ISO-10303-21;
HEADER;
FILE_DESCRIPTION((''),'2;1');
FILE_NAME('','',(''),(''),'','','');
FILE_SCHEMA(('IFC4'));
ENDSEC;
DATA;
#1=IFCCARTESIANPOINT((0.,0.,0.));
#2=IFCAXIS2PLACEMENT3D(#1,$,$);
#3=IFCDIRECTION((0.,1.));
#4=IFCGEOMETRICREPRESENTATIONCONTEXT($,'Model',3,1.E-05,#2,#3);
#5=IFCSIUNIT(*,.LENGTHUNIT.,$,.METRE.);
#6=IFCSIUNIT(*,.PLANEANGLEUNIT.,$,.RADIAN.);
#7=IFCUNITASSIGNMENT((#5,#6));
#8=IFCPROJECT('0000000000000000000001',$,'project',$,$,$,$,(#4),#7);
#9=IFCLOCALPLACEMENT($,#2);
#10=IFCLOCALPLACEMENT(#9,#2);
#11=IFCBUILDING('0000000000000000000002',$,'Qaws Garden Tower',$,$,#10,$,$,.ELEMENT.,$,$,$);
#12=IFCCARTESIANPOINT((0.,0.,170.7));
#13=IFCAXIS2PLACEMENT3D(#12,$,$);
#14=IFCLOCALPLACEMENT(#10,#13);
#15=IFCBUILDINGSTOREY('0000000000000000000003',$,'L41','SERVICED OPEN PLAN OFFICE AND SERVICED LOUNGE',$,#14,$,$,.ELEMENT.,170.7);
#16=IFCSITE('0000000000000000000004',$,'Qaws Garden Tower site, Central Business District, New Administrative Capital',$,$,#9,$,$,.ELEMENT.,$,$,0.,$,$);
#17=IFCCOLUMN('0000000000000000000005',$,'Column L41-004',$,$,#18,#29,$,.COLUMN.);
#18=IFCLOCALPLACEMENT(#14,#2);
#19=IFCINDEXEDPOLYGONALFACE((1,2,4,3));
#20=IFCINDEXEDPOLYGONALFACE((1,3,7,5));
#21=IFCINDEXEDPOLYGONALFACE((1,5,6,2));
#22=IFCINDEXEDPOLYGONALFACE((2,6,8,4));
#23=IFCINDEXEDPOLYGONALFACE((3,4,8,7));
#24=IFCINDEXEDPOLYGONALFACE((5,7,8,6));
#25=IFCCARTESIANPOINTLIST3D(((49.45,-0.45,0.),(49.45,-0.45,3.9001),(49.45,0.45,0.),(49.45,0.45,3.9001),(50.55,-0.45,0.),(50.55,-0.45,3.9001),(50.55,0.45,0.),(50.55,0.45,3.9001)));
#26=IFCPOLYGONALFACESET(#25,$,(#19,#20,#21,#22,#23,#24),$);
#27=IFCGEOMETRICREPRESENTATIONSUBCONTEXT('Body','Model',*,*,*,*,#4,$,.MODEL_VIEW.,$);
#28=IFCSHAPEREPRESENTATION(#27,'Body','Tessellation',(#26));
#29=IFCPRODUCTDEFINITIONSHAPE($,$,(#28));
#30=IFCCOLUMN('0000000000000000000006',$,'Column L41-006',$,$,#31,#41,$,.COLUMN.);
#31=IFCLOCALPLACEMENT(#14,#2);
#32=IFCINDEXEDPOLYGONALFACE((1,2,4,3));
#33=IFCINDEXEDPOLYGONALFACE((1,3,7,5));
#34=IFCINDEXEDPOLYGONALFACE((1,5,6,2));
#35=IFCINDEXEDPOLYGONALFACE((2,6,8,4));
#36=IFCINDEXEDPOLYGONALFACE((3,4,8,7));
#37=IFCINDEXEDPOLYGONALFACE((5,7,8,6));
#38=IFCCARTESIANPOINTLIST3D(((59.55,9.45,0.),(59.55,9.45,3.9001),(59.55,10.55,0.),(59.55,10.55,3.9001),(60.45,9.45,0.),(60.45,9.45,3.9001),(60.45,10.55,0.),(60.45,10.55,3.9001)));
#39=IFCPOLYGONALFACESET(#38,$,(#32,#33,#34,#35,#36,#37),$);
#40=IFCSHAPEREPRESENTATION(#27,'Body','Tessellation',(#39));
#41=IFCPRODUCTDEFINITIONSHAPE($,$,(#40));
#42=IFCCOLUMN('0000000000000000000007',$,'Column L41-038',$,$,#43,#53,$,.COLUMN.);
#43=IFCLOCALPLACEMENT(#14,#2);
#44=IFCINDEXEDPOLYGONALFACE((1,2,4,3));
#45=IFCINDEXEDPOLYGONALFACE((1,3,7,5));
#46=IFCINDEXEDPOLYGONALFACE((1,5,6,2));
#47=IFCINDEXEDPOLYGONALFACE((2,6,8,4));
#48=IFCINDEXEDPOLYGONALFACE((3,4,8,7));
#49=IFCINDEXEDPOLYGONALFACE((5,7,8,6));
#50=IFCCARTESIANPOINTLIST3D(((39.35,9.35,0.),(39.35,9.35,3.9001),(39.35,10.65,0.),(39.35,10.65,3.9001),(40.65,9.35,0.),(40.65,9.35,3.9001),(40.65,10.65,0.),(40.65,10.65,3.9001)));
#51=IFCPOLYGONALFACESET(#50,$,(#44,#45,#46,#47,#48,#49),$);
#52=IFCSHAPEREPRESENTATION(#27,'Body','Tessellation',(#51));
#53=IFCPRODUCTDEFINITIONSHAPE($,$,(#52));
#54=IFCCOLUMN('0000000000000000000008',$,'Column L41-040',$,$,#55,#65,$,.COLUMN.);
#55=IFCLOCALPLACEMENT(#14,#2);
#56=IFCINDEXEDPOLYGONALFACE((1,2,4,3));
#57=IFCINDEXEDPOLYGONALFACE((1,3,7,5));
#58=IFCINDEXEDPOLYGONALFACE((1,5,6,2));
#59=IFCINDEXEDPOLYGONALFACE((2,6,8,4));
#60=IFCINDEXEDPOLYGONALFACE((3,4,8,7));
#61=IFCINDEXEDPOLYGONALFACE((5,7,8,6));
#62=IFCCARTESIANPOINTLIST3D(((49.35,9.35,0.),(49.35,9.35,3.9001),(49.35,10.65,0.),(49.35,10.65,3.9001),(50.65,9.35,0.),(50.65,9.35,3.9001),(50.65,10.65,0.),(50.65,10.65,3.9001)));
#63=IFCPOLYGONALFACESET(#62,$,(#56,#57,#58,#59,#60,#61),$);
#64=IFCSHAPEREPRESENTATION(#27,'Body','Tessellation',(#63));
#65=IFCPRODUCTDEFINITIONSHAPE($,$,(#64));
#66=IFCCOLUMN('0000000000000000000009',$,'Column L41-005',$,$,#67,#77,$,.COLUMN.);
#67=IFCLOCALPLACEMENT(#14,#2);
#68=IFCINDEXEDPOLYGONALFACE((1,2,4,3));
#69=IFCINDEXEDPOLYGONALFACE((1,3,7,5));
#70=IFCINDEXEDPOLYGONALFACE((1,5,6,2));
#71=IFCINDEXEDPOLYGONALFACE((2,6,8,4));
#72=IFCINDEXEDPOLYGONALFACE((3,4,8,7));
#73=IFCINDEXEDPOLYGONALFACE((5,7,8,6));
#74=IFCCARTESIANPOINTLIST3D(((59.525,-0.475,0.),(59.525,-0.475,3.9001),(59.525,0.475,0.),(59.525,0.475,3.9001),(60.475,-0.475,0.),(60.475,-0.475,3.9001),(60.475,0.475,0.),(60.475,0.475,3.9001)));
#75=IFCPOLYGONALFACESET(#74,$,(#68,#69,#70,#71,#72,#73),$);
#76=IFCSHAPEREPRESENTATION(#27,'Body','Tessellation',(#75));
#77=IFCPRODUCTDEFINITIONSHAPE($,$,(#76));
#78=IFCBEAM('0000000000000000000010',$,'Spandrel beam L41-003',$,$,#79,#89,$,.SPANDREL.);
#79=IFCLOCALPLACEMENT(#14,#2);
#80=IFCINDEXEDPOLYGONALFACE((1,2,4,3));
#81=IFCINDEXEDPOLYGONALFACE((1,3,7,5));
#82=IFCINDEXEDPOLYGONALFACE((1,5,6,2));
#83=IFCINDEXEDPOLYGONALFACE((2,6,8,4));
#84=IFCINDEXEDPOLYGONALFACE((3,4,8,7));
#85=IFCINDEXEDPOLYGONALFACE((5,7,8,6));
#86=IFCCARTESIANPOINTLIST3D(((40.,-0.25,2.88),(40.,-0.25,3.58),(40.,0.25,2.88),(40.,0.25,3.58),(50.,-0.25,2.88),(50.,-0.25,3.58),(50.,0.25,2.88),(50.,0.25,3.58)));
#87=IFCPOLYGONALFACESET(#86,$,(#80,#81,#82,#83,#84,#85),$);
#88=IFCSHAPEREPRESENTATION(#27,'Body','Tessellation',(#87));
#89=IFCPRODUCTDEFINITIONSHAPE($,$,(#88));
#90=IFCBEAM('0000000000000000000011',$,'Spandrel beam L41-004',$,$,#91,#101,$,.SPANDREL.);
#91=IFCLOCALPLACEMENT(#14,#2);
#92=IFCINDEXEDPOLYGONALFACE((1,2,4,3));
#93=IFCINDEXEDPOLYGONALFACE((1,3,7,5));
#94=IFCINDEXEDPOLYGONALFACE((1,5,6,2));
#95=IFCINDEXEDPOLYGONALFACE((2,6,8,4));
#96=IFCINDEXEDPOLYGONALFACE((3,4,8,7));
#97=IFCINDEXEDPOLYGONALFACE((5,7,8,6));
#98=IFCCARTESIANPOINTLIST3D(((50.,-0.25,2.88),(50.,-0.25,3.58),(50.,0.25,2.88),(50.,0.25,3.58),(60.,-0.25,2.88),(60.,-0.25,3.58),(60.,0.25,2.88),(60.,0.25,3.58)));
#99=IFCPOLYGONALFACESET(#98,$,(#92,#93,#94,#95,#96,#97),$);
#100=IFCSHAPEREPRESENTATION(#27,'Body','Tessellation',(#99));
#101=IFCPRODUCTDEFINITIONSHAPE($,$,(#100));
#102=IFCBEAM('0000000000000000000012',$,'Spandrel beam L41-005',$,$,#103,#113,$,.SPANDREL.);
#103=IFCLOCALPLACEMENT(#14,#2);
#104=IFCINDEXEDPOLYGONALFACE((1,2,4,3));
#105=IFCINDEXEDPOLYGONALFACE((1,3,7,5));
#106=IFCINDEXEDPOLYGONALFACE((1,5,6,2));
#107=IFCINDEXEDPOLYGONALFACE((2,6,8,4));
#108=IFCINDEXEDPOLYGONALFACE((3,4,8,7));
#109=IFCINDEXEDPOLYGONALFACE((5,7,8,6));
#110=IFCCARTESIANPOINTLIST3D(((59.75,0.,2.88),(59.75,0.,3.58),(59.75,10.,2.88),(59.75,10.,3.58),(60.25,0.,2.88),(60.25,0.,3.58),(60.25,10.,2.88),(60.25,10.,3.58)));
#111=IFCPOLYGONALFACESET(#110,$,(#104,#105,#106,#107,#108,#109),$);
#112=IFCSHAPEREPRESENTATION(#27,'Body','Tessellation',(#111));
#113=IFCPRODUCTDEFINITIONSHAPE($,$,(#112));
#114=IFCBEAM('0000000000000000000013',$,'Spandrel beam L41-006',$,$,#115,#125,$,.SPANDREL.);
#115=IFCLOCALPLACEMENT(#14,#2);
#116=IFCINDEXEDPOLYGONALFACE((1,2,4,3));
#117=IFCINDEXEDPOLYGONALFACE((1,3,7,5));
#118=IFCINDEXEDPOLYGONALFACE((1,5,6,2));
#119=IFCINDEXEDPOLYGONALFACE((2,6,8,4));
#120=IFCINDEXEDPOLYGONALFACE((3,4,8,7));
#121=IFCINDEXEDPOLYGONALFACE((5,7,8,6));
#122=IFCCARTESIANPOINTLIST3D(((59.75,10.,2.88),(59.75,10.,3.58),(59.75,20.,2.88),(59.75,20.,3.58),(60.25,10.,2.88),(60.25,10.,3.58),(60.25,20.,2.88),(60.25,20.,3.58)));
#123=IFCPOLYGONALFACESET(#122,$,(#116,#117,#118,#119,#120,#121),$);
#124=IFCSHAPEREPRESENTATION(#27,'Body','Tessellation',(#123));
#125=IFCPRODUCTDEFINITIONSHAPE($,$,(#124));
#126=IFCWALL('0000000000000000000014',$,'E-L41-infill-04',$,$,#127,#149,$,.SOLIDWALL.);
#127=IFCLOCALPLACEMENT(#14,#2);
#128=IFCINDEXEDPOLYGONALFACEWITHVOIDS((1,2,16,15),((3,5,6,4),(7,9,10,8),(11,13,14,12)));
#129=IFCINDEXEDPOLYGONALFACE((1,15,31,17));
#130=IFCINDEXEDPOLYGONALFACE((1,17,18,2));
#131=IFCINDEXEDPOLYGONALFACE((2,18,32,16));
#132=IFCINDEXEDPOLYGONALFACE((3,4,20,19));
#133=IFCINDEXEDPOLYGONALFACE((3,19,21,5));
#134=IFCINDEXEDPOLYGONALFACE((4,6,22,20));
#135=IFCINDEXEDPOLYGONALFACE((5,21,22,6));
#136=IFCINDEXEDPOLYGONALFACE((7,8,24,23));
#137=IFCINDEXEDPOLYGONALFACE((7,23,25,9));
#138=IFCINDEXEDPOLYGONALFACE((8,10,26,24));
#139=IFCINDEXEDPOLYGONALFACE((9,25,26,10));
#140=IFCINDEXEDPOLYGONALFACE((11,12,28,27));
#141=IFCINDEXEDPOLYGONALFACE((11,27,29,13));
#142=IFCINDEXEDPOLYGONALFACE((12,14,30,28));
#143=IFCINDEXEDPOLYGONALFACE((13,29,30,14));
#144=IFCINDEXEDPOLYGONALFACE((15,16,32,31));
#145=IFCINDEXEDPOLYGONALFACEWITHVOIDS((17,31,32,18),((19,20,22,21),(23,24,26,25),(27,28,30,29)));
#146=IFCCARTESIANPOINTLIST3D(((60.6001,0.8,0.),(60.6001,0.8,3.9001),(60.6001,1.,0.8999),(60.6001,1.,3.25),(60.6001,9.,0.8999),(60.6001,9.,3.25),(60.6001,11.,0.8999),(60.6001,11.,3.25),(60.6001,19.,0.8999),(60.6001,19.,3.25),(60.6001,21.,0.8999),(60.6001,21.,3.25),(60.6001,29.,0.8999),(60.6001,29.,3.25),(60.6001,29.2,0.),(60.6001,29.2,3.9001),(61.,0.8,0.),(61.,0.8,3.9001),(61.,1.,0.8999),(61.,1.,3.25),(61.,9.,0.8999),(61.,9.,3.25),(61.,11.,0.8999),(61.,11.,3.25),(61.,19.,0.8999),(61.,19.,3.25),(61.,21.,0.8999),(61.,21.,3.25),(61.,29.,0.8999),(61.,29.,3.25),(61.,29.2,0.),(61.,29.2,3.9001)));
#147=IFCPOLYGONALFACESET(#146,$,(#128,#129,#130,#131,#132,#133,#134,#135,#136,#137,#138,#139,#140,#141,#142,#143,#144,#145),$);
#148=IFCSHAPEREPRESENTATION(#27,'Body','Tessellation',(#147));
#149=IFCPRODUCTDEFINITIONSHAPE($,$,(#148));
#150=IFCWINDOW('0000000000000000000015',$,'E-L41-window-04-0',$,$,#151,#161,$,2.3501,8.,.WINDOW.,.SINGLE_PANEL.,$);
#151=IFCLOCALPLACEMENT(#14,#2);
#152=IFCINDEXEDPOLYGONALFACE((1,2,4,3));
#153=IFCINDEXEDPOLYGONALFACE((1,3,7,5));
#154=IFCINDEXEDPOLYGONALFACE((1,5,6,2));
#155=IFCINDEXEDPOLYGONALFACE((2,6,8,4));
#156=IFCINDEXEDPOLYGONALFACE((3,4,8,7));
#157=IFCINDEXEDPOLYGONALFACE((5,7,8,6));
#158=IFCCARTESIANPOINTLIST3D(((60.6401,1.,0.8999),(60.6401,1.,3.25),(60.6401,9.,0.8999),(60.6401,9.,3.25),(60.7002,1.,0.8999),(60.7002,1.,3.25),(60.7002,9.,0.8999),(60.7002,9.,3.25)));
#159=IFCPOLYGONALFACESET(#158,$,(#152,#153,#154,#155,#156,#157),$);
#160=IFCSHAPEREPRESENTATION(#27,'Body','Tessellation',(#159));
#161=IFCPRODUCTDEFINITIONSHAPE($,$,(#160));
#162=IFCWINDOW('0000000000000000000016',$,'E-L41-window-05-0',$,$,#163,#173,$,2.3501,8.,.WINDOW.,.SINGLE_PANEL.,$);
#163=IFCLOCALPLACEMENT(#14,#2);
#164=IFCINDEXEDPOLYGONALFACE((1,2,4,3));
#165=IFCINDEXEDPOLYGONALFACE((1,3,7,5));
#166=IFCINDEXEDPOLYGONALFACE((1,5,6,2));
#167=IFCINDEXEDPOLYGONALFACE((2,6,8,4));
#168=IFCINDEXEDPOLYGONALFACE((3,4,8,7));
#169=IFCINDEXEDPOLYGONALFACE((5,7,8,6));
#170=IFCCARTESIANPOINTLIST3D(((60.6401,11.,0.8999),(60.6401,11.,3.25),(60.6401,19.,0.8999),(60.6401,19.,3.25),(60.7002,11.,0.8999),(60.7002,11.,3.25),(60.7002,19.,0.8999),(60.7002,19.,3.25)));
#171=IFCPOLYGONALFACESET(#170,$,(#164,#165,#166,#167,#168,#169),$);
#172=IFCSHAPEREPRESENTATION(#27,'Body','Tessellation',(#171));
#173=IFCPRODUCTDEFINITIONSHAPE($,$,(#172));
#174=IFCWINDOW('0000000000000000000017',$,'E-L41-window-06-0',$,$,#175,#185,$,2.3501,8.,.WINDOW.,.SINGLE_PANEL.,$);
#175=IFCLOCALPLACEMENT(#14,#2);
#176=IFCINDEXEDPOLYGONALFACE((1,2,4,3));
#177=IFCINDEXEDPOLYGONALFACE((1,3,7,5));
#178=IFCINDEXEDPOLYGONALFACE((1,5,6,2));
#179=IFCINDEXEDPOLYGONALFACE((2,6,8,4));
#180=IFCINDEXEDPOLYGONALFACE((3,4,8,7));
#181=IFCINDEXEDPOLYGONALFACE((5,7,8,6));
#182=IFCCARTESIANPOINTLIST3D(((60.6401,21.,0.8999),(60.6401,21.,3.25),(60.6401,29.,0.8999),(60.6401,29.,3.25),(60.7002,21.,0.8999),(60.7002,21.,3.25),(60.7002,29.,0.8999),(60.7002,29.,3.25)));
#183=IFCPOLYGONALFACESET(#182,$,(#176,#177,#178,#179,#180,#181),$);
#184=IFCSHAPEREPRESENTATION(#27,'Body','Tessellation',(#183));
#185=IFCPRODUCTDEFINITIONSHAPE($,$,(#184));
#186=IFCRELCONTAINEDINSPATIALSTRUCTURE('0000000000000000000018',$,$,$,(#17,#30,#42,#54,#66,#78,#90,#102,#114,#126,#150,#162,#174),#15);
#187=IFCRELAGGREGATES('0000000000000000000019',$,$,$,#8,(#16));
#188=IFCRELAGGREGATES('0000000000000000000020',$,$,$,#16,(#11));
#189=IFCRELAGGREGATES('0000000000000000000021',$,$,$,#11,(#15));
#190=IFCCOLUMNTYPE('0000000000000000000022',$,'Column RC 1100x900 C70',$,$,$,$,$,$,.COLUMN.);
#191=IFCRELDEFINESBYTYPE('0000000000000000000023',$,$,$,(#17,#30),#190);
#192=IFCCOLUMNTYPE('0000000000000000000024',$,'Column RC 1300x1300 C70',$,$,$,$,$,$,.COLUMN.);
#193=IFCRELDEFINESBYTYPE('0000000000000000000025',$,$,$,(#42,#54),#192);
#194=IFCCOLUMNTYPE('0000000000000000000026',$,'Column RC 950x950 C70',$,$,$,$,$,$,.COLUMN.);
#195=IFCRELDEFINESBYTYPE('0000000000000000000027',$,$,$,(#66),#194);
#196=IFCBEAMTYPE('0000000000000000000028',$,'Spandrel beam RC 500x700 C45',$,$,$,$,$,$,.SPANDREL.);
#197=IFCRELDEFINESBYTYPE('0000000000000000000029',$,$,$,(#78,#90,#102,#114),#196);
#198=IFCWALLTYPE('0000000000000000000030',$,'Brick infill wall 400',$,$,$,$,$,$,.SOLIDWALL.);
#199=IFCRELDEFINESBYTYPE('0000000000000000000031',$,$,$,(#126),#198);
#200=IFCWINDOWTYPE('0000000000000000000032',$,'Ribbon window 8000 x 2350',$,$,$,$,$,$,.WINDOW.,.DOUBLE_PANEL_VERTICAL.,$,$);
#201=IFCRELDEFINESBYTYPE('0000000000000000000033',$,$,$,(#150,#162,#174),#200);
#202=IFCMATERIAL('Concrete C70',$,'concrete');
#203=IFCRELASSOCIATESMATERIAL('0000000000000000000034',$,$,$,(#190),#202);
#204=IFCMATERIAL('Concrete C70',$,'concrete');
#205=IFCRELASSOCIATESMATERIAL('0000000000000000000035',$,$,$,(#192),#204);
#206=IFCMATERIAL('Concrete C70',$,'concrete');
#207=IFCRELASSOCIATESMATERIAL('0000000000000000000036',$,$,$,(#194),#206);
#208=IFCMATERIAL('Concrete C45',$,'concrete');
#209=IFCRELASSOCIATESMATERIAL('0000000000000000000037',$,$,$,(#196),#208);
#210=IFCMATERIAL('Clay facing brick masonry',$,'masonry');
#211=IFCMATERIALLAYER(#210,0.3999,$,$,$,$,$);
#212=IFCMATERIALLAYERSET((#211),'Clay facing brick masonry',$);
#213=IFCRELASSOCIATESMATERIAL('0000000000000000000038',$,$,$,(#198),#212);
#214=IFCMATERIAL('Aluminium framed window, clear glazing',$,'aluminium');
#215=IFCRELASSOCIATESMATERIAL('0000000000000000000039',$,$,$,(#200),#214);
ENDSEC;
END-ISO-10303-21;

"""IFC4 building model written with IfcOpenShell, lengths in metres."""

from ifc_helpers import new_model, si_unit, direction, frame, frame_2d, origin, origin_2d, place, context, subcontext, project, spatial, rectangle, extrude, material, layer, layer_set, material_profile, profile_set, type_object, element, fill, save


model = new_model("IFC4")

# Units and contexts
model_context = context("Model", 3, precision=1e-05, world=origin(), true_north=direction((0.0, 1.0)))
body_context = subcontext(model_context, "Body", "Model", "MODEL_VIEW")
ifc_project = project(units=[si_unit("LENGTHUNIT", "METRE"), si_unit("PLANEANGLEUNIT", "RADIAN")], contexts=[model_context])

# Site, building, storey
site_placement = place(None, origin())
site = spatial("IfcSite", under=ifc_project, at=site_placement, Name="Qaws Garden Tower site, Central Business District, New Administrative Capital", CompositionType="ELEMENT", RefElevation=0.0)
building_placement = place(site_placement, origin())
building = spatial("IfcBuilding", under=site, at=building_placement, Name="Qaws Garden Tower", CompositionType="ELEMENT")
storey_placement = place(building_placement, frame((0.0, 0.0, 170.7)))
storey = spatial("IfcBuildingStorey", under=building, at=storey_placement, Name="L41", Description="SERVICED OPEN PLAN OFFICE AND SERVICED LOUNGE", CompositionType="ELEMENT", Elevation=170.7)

# Columns
ifc_material_1 = material(Name="Concrete C70", Category="concrete")
ifc_material_profile_1 = material_profile(ifc_material_1, rectangle(XDim=1.1001, YDim=0.8999, at=origin_2d()), Name="RC 1100x900")
ifc_profile_set_1 = profile_set([ifc_material_profile_1], Name="Concrete C70")
column_type_1 = type_object("IfcColumnType", Name="Column RC 1100x900 C70", PredefinedType="COLUMN", material=ifc_profile_set_1)
for number, where, z_axis, x_axis, name in (
    (1, (50.0, 0.0, 0.0), (0.0, 0.0, 1.0), (1.0, 0.0, 0.0), "Column L41-004"),
    (2, (60.0, 10.0, 0.0), (0.0, 0.0, 1.0), (0.0, 1.0, 0.0), "Column L41-006"),
):
    element("IfcColumn", number, at=place(storey_placement, frame(where, z_axis=z_axis, x_axis=x_axis)), inside=storey, type_object=column_type_1, Name=name, PredefinedType="COLUMN", context=body_context, shape_type="SweptSolid", body=[
        extrude(rectangle(XDim=1.1001, YDim=0.8999, at=origin_2d()), origin(), (0.0, 0.0, 1.0), 3.9001),
    ])
ifc_material_2 = material(Name="Concrete C70", Category="concrete")
ifc_material_profile_2 = material_profile(ifc_material_2, rectangle(XDim=1.3, YDim=1.3, at=origin_2d()), Name="RC 1300x1300")
ifc_profile_set_2 = profile_set([ifc_material_profile_2], Name="Concrete C70")
column_type_2 = type_object("IfcColumnType", Name="Column RC 1300x1300 C70", PredefinedType="COLUMN", material=ifc_profile_set_2)
for number, where, z_axis, x_axis, name in (
    (3, (40.0, 10.0, 0.0), (0.0, 0.0, 1.0), (1.0, 0.0, 0.0), "Column L41-038"),
    (4, (50.0, 10.0, 0.0), (0.0, 0.0, 1.0), (1.0, 0.0, 0.0), "Column L41-040"),
):
    element("IfcColumn", number, at=place(storey_placement, frame(where, z_axis=z_axis, x_axis=x_axis)), inside=storey, type_object=column_type_2, Name=name, PredefinedType="COLUMN", context=body_context, shape_type="SweptSolid", body=[
        extrude(rectangle(XDim=1.3, YDim=1.3, at=origin_2d()), origin(), (0.0, 0.0, 1.0), 3.9001),
    ])
ifc_material_3 = material(Name="Concrete C70", Category="concrete")
ifc_material_profile_3 = material_profile(ifc_material_3, rectangle(XDim=0.95, YDim=0.95, at=origin_2d()), Name="RC 950x950")
ifc_profile_set_3 = profile_set([ifc_material_profile_3], Name="Concrete C70")
column_type_3 = type_object("IfcColumnType", Name="Column RC 950x950 C70", PredefinedType="COLUMN", material=ifc_profile_set_3)
column_placement = place(storey_placement, frame((60.0, 0.0, 0.0), z_axis=(0.0, 0.0, 1.0), x_axis=(1.0, 0.0, 0.0)))
element("IfcColumn", 5, at=column_placement, inside=storey, type_object=column_type_3, Name="Column L41-005", PredefinedType="COLUMN", context=body_context, shape_type="SweptSolid", body=[
    extrude(rectangle(XDim=0.95, YDim=0.95, at=origin_2d()), origin(), (0.0, 0.0, 1.0), 3.9001),
])

# Beams
ifc_material_4 = material(Name="Concrete C45", Category="concrete")
ifc_material_profile_4 = material_profile(ifc_material_4, rectangle(XDim=0.5, YDim=0.7, at=origin_2d()), Name="RC 500x700")
ifc_profile_set_4 = profile_set([ifc_material_profile_4], Name="Concrete C45")
beam_type = type_object("IfcBeamType", Name="Spandrel beam RC 500x700 C45", PredefinedType="SPANDREL", material=ifc_profile_set_4)
for number, where, z_axis, x_axis, name in (
    (6, (40.0, 0.0, 3.23), (1.0, 0.0, 0.0), (0.0, 1.0, 0.0), "Spandrel beam L41-003"),
    (7, (50.0, 0.0, 3.23), (1.0, 0.0, 0.0), (0.0, 1.0, 0.0), "Spandrel beam L41-004"),
    (8, (60.0, 0.0, 3.23), (0.0, 1.0, 0.0), (-1.0, 0.0, 0.0), "Spandrel beam L41-005"),
    (9, (60.0, 10.0, 3.23), (0.0, 1.0, 0.0), (-1.0, 0.0, 0.0), "Spandrel beam L41-006"),
):
    element("IfcBeam", number, at=place(storey_placement, frame(where, z_axis=z_axis, x_axis=x_axis)), inside=storey, type_object=beam_type, Name=name, PredefinedType="SPANDREL", context=body_context, shape_type="SweptSolid", body=[
        extrude(rectangle(XDim=0.5, YDim=0.7, at=origin_2d()), origin(), (0.0, 0.0, 1.0), 10.0),
    ])

# Wall, openings, windows
ifc_material_5 = material(Name="Clay facing brick masonry", Category="masonry")
ifc_layer_1 = layer(ifc_material_5, 0.3999)
ifc_layer_set_1 = layer_set([ifc_layer_1], Name="Clay facing brick masonry")
wall_type_1 = type_object("IfcWallType", Name="Brick infill wall 400", PredefinedType="SOLIDWALL", material=ifc_layer_set_1)
wall_1_placement = place(storey_placement, frame((60.8, 0.8, 0.0), z_axis=(0.0, 0.0, 1.0), x_axis=(0.0, 1.0, 0.0)))
wall_1 = element("IfcWall", 10, at=wall_1_placement, inside=storey, type_object=wall_type_1, Name="E-L41-infill-04", PredefinedType="SOLIDWALL", context=body_context, shape_type="SweptSolid", body=[
    extrude(rectangle(XDim=28.3999, YDim=0.3999, at=frame_2d((14.2, 0.0))), origin(), (0.0, 0.0, 1.0), 3.9001),
])
opening_1_placement = place(wall_1_placement, frame((0.2, 0.0, 0.8999)))
opening_1 = element("IfcOpeningElement", 11, at=opening_1_placement, cuts=wall_1, PredefinedType="OPENING", context=body_context, shape_type="SweptSolid", body=[
    extrude(rectangle(XDim=8.0, YDim=2.3501, at=frame_2d((4.0, 1.175))), frame((0.0, 0.21, 0.0), z_axis=(0.0, -1.0, 0.0), x_axis=(1.0, 0.0, 0.0)), (0.0, 0.0, 1.0), 0.4199),
])
opening_2_placement = place(wall_1_placement, frame((10.2, 0.0, 0.8999)))
opening_2 = element("IfcOpeningElement", 12, at=opening_2_placement, cuts=wall_1, PredefinedType="OPENING", context=body_context, shape_type="SweptSolid", body=[
    extrude(rectangle(XDim=8.0, YDim=2.3501, at=frame_2d((4.0, 1.175))), frame((0.0, 0.21, 0.0), z_axis=(0.0, -1.0, 0.0), x_axis=(1.0, 0.0, 0.0)), (0.0, 0.0, 1.0), 0.4199),
])
opening_3_placement = place(wall_1_placement, frame((20.2, 0.0, 0.8999)))
opening_3 = element("IfcOpeningElement", 13, at=opening_3_placement, cuts=wall_1, PredefinedType="OPENING", context=body_context, shape_type="SweptSolid", body=[
    extrude(rectangle(XDim=8.0, YDim=2.3501, at=frame_2d((4.0, 1.175))), frame((0.0, 0.21, 0.0), z_axis=(0.0, -1.0, 0.0), x_axis=(1.0, 0.0, 0.0)), (0.0, 0.0, 1.0), 0.4199),
])
ifc_material_6 = material(Name="Aluminium framed window, clear glazing", Category="aluminium")
window_type = type_object("IfcWindowType", Name="Ribbon window 8000 x 2350", PartitioningType="DOUBLE_PANEL_VERTICAL", PredefinedType="WINDOW", material=ifc_material_6)
window_1_placement = place(opening_1_placement, origin())
window_1 = element("IfcWindow", 14, at=window_1_placement, inside=storey, type_object=window_type, Name="E-L41-window-04-0", OverallHeight=2.3501, OverallWidth=8.0, PartitioningType="SINGLE_PANEL", PredefinedType="WINDOW", context=body_context, shape_type="SweptSolid", body=[
    extrude(rectangle(XDim=8.0, YDim=2.3501, at=frame_2d((4.0, 1.175))), frame((0.0, 0.1599, 0.0), z_axis=(0.0, -1.0, 0.0), x_axis=(1.0, 0.0, 0.0)), (0.0, 0.0, 1.0), 0.0601),
])
fill(opening_1, window_1)
window_2_placement = place(opening_2_placement, origin())
window_2 = element("IfcWindow", 15, at=window_2_placement, inside=storey, type_object=window_type, Name="E-L41-window-05-0", OverallHeight=2.3501, OverallWidth=8.0, PartitioningType="SINGLE_PANEL", PredefinedType="WINDOW", context=body_context, shape_type="SweptSolid", body=[
    extrude(rectangle(XDim=8.0, YDim=2.3501, at=frame_2d((4.0, 1.175))), frame((0.0, 0.1599, 0.0), z_axis=(0.0, -1.0, 0.0), x_axis=(1.0, 0.0, 0.0)), (0.0, 0.0, 1.0), 0.0601),
])
fill(opening_2, window_2)
window_3_placement = place(opening_3_placement, origin())
window_3 = element("IfcWindow", 16, at=window_3_placement, inside=storey, type_object=window_type, Name="E-L41-window-06-0", OverallHeight=2.3501, OverallWidth=8.0, PartitioningType="SINGLE_PANEL", PredefinedType="WINDOW", context=body_context, shape_type="SweptSolid", body=[
    extrude(rectangle(XDim=8.0, YDim=2.3501, at=frame_2d((4.0, 1.175))), frame((0.0, 0.1599, 0.0), z_axis=(0.0, -1.0, 0.0), x_axis=(1.0, 0.0, 0.0)), (0.0, 0.0, 1.0), 0.0601),
])
fill(opening_3, window_3)

save(model, "model.ifc")
